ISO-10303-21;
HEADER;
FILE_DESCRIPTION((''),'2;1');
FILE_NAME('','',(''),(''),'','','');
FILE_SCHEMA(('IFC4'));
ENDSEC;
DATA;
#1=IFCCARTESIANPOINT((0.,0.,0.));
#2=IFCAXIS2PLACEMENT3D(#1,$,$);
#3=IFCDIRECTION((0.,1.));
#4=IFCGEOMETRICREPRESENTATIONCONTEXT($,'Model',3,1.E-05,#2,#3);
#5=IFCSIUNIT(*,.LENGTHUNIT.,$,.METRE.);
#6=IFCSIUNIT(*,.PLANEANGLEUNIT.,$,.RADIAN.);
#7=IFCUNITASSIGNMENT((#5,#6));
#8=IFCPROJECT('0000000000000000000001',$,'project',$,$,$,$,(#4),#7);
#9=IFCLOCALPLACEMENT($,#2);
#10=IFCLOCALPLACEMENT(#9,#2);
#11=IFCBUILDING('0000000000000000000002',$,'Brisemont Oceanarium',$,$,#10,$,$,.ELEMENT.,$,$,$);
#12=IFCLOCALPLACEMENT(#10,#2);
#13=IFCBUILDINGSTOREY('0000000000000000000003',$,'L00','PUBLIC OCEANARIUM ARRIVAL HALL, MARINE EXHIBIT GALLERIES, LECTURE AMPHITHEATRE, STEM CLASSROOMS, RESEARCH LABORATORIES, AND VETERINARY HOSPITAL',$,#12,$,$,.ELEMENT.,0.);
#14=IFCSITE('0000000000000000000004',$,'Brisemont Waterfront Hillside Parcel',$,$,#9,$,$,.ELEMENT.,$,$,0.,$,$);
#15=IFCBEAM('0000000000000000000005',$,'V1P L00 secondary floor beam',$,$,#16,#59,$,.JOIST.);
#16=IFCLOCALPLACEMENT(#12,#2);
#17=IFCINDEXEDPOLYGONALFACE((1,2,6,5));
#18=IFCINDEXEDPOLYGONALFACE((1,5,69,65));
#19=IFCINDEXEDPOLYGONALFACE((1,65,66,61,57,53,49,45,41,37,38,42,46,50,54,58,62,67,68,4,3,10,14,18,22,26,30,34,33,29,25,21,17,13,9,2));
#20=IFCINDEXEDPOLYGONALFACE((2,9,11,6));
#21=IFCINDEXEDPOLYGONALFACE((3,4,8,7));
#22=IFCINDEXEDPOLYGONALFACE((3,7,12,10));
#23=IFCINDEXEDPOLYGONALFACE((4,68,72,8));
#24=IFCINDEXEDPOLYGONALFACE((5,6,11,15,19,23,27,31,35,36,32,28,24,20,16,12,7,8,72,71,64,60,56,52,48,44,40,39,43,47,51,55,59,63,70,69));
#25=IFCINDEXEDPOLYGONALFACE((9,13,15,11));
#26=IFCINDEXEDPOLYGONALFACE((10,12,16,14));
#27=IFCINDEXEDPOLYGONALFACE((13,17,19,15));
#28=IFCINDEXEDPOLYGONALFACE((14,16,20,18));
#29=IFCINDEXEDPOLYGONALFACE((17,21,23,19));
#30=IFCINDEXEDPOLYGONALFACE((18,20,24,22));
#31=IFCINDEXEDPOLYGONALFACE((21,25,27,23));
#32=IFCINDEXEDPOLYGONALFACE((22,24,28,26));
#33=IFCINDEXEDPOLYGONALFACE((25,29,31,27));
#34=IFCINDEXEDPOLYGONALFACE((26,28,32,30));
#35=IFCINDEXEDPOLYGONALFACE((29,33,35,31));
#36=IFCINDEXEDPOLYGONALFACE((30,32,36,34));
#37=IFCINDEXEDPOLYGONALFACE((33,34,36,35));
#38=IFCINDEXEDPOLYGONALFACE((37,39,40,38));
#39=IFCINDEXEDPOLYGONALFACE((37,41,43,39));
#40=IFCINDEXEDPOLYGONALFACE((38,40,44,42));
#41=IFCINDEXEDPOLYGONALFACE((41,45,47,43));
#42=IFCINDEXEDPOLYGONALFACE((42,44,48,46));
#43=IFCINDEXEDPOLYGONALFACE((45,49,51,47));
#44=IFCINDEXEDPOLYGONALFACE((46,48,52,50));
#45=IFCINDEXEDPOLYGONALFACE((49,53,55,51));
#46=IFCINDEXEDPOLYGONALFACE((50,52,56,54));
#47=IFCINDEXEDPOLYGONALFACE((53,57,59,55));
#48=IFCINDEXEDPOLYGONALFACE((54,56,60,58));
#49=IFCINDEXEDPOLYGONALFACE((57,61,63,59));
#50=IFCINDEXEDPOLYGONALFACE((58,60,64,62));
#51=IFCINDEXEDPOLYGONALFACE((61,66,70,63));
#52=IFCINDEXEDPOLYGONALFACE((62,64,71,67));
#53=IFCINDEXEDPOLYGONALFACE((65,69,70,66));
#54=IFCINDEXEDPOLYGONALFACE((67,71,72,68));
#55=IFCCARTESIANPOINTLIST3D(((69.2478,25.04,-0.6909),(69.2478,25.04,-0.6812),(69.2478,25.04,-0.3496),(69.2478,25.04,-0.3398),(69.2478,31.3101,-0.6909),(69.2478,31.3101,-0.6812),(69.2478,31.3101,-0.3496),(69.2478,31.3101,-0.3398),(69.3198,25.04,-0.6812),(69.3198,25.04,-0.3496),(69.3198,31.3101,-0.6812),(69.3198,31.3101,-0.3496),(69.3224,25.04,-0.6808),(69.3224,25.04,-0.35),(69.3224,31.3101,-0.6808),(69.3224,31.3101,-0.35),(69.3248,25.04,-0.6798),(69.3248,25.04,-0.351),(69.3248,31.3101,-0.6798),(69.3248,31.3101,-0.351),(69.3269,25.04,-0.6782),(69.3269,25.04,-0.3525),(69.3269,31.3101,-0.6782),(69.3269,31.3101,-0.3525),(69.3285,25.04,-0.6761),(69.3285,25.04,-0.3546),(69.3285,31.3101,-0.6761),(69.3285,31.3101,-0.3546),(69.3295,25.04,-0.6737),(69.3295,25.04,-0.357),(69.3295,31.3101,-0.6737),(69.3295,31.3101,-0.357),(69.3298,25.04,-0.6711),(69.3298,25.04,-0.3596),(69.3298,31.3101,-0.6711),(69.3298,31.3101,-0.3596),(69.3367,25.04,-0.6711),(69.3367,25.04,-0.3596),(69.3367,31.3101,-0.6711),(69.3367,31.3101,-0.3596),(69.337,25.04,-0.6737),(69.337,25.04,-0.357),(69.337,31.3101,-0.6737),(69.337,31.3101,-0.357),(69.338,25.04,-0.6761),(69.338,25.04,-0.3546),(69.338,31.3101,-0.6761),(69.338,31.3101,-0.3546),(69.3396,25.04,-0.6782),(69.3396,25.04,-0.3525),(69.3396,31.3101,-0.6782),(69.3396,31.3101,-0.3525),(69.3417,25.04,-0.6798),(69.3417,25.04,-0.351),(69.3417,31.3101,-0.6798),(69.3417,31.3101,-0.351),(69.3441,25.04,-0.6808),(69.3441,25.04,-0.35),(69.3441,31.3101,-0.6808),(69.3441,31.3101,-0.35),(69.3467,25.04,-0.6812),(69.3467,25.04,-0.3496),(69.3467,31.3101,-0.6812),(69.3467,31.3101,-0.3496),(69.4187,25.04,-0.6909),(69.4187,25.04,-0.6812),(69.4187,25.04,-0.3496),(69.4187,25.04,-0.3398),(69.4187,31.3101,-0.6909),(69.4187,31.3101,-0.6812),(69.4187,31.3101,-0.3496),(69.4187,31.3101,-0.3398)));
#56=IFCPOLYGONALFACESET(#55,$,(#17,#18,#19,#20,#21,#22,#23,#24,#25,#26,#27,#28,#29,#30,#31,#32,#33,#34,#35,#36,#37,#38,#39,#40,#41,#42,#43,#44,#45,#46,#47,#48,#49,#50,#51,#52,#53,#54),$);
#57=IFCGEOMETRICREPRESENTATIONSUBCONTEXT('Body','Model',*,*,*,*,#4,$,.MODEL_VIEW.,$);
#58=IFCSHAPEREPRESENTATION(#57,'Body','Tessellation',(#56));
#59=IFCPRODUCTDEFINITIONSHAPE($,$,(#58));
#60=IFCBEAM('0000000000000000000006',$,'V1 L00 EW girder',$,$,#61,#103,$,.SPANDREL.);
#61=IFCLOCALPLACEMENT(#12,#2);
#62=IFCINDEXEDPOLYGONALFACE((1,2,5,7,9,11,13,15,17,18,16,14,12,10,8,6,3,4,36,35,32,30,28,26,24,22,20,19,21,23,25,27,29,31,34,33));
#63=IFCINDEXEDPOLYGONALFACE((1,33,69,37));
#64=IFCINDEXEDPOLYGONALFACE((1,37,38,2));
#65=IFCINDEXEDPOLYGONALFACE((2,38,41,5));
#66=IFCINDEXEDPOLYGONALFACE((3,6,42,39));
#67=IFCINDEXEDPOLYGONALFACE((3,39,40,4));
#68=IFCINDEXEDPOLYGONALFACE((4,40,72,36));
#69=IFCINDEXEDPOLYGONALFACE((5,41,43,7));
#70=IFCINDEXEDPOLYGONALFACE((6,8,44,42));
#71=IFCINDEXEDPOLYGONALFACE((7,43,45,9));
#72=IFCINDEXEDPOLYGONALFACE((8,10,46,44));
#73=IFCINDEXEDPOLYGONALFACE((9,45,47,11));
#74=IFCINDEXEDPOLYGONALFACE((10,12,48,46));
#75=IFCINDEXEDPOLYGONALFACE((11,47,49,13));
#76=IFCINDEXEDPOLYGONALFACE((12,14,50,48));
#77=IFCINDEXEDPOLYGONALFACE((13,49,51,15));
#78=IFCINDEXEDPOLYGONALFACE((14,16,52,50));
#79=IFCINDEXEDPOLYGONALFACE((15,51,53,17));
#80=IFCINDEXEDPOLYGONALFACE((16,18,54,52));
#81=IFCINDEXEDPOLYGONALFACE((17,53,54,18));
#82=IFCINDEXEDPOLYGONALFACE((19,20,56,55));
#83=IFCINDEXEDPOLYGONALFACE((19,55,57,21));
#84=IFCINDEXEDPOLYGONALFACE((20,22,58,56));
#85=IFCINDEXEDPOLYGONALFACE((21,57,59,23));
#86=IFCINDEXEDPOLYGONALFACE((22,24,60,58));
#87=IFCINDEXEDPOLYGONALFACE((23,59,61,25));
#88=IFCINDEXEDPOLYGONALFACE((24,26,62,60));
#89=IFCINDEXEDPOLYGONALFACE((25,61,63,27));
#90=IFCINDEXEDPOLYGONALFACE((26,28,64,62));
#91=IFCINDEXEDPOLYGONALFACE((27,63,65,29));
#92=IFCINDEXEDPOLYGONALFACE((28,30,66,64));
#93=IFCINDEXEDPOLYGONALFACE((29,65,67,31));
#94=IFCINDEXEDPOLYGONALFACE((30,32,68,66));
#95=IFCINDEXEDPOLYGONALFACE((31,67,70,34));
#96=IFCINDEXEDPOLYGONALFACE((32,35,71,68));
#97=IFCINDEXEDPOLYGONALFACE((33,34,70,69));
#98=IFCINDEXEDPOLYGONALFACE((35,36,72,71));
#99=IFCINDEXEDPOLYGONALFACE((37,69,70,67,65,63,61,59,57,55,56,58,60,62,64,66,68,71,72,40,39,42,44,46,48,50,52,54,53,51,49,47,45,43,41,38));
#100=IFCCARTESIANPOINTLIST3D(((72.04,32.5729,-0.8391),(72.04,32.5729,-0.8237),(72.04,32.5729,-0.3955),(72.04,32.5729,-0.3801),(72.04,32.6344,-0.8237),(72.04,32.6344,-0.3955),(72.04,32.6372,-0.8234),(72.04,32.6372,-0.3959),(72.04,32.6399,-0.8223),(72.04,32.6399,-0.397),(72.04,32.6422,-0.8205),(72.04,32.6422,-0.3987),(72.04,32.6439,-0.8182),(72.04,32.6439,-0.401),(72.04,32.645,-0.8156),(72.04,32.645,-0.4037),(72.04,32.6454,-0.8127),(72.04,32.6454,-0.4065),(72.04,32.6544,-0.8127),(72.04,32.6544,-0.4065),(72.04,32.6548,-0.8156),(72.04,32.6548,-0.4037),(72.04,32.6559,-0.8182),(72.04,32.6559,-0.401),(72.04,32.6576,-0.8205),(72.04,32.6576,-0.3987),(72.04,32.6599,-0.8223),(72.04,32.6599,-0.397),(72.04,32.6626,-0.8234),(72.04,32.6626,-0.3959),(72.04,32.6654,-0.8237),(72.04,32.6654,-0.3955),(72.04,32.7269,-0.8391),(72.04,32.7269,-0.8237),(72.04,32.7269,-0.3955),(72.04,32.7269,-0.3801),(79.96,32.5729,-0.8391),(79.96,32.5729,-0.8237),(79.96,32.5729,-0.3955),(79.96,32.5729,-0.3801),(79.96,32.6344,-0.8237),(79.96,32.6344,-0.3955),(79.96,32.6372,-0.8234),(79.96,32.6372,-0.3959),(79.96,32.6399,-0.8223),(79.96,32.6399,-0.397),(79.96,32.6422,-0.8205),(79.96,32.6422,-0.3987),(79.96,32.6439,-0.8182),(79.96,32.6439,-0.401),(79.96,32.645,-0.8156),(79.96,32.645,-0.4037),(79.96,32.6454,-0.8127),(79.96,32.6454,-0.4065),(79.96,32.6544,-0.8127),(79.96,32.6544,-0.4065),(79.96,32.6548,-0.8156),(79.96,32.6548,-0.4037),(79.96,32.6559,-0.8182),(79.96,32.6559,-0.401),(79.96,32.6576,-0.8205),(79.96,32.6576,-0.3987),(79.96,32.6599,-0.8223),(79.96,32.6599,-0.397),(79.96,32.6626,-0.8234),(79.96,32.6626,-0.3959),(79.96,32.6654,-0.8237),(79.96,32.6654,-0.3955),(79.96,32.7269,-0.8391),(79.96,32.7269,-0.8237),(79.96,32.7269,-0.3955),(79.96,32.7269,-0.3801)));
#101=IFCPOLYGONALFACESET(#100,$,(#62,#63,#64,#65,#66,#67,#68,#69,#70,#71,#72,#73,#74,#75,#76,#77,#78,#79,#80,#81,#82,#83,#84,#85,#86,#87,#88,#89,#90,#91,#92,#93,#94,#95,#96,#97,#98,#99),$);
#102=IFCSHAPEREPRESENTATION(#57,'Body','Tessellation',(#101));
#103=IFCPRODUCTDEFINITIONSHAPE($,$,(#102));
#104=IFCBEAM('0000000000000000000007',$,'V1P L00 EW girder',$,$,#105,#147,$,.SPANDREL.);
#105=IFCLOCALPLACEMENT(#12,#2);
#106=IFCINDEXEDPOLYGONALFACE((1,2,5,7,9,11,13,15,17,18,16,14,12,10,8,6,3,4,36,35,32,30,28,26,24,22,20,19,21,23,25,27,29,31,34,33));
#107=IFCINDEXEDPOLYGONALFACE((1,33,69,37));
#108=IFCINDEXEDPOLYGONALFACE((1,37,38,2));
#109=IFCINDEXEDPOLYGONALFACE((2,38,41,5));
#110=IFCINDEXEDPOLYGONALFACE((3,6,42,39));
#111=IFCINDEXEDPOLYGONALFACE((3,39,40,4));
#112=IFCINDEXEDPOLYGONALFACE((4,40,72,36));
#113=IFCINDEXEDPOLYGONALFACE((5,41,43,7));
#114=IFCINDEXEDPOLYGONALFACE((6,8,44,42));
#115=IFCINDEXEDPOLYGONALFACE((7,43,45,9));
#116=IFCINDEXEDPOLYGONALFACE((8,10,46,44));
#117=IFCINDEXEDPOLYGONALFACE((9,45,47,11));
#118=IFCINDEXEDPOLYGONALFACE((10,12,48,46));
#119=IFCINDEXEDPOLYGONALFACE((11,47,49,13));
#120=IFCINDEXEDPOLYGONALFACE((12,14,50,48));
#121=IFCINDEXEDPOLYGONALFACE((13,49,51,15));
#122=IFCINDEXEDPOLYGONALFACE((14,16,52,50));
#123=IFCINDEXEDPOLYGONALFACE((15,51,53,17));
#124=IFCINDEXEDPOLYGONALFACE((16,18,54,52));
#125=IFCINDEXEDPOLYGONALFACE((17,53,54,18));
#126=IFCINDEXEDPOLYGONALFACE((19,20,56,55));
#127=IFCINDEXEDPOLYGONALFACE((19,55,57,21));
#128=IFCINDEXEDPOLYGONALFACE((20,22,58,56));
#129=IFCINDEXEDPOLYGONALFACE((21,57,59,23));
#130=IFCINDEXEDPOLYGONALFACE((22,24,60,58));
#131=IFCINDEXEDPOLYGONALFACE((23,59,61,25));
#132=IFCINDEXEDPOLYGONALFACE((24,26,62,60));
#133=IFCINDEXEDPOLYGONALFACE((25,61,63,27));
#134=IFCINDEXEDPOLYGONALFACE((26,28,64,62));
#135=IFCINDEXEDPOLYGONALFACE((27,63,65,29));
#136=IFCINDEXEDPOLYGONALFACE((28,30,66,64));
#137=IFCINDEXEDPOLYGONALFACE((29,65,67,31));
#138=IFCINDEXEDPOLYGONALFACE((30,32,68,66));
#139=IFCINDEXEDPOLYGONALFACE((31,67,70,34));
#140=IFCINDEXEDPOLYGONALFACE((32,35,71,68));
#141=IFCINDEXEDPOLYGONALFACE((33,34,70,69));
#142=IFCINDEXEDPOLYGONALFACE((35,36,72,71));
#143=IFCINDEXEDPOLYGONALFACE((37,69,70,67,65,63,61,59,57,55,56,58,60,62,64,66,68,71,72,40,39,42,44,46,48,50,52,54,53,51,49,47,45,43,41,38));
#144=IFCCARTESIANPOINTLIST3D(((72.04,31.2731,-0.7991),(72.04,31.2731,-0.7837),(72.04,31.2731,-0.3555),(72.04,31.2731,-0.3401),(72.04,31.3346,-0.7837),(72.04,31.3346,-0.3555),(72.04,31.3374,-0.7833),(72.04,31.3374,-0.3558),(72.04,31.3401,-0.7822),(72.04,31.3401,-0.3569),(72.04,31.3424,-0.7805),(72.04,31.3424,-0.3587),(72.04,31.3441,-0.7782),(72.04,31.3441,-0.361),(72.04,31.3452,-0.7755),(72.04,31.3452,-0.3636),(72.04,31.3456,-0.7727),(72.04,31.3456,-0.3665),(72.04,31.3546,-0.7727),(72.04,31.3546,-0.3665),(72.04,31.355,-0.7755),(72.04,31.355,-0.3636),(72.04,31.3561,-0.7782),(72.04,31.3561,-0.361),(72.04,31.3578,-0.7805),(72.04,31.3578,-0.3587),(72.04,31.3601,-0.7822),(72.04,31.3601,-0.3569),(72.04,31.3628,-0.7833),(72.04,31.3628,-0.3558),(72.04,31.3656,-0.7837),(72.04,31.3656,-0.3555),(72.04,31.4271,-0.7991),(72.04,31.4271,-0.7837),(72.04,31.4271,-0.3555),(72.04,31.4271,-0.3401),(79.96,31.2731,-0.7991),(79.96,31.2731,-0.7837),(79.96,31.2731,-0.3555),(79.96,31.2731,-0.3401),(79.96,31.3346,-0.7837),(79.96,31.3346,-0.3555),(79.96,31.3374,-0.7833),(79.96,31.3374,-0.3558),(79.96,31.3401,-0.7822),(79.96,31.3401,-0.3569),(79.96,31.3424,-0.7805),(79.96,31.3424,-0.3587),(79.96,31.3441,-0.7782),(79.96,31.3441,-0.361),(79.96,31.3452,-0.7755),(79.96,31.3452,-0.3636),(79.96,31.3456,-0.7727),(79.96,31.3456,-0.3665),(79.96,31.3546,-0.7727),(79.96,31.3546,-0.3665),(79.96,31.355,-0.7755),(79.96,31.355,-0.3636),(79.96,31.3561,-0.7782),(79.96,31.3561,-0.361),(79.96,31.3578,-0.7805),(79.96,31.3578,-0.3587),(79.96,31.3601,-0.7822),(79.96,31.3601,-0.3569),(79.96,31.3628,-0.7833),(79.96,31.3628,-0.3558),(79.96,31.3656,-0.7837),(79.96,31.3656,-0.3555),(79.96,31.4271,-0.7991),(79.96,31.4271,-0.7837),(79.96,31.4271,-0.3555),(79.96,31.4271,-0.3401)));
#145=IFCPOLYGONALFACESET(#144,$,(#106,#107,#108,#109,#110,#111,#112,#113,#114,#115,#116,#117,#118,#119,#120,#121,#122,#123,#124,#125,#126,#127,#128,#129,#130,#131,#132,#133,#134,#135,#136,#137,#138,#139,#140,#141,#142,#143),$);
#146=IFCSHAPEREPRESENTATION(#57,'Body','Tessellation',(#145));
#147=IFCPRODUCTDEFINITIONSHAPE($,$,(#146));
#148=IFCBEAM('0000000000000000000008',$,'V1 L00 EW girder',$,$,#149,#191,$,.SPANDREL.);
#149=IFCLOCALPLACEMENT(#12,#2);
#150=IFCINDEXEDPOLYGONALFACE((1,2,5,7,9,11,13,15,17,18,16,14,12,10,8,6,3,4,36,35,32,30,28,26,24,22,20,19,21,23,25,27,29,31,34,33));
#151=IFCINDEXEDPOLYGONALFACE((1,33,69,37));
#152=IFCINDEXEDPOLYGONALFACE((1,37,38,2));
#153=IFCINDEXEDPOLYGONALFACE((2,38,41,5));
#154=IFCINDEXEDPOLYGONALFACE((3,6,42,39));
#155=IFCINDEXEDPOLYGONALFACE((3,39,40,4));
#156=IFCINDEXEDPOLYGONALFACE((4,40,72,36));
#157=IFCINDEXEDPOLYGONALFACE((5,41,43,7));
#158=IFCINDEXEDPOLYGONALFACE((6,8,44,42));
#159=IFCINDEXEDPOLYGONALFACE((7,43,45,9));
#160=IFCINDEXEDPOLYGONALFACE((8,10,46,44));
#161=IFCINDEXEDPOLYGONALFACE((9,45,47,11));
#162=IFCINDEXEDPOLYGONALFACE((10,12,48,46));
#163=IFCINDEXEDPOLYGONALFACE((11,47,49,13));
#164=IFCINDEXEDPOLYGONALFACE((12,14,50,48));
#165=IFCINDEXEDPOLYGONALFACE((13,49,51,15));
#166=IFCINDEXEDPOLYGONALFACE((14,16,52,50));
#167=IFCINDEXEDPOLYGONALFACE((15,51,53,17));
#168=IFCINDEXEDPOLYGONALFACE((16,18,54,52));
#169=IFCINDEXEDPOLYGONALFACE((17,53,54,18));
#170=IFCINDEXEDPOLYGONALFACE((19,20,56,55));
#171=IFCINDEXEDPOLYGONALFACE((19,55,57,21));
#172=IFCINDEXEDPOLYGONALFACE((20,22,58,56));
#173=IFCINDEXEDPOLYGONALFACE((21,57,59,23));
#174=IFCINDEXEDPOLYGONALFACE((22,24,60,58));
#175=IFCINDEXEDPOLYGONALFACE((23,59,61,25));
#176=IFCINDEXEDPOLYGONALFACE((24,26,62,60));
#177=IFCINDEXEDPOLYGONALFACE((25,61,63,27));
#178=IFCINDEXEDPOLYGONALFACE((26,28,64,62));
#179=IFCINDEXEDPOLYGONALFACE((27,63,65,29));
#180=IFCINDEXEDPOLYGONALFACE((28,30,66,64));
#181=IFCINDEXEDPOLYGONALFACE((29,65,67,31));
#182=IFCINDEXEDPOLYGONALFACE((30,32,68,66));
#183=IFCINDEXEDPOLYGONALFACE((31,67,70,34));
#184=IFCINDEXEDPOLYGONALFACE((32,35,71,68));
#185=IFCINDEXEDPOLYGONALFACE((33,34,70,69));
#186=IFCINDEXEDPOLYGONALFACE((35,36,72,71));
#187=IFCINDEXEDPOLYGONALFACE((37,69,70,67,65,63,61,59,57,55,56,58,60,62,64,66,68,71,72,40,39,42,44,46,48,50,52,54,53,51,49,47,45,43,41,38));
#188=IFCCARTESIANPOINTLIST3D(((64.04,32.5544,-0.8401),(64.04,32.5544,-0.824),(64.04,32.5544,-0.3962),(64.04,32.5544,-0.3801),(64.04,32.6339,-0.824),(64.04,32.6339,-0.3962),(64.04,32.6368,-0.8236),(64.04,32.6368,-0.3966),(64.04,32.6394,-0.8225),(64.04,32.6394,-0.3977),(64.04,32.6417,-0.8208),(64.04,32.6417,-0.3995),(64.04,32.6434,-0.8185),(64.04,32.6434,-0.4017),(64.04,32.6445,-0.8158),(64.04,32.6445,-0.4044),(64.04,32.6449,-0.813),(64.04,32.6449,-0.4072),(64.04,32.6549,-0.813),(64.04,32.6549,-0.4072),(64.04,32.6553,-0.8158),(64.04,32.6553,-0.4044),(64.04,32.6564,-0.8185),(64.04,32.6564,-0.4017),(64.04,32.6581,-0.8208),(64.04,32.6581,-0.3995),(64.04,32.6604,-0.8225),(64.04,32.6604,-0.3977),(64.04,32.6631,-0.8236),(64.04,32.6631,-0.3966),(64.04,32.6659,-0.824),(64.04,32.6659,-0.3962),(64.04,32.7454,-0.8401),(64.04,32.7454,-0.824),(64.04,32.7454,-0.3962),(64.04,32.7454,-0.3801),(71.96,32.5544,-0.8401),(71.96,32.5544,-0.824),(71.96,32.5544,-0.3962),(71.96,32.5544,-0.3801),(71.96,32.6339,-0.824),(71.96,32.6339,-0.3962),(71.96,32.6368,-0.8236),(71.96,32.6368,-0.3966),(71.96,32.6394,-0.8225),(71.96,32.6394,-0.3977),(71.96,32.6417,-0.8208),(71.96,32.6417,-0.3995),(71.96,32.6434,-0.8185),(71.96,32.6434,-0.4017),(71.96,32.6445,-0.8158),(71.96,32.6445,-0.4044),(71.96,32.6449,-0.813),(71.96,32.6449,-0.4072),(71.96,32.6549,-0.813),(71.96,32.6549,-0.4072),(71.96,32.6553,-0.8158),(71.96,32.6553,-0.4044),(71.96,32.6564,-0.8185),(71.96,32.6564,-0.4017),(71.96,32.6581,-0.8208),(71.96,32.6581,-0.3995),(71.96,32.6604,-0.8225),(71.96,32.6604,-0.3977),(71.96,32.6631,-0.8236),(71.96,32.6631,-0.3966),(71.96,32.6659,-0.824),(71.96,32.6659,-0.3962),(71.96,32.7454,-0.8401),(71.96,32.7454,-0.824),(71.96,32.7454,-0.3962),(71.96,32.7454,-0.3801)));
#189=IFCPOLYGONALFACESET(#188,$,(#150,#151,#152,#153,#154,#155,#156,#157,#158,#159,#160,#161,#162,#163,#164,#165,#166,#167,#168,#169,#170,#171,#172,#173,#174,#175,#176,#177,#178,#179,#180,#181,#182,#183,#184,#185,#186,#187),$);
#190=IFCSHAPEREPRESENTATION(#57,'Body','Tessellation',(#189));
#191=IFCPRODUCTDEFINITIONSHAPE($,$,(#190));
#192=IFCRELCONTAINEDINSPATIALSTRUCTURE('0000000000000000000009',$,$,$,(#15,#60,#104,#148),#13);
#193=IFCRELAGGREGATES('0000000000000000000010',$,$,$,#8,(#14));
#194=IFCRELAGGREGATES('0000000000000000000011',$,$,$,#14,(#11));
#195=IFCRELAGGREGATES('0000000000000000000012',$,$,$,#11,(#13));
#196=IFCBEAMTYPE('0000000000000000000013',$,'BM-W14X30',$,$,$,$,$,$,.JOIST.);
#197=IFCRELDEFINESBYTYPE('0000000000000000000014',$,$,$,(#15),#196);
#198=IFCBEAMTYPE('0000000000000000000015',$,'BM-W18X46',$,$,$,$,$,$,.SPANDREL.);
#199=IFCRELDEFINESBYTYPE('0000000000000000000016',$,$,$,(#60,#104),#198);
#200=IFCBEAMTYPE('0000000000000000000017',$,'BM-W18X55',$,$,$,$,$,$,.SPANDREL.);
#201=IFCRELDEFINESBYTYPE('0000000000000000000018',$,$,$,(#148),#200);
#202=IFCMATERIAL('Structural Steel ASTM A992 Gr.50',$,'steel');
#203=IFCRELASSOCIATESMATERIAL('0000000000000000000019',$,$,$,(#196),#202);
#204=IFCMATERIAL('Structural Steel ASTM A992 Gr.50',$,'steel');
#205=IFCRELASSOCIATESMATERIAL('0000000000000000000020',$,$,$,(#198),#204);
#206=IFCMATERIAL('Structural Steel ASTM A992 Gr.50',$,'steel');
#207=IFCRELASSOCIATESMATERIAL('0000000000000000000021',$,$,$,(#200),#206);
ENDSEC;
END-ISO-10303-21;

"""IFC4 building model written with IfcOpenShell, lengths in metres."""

from ifc_helpers import new_model, si_unit, direction, frame, origin, origin_2d, place, context, subcontext, project, spatial, i_section, extrude, material, material_profile, profile_set, type_object, element, save


model = new_model("IFC4")

# Units and contexts
model_context = context("Model", 3, precision=1e-05, world=origin(), true_north=direction((0.0, 1.0)))
body_context = subcontext(model_context, "Body", "Model", "MODEL_VIEW")
ifc_project = project(units=[si_unit("LENGTHUNIT", "METRE"), si_unit("PLANEANGLEUNIT", "RADIAN")], contexts=[model_context])

# Site, building, storey
site_placement = place(None, origin())
site = spatial("IfcSite", under=ifc_project, at=site_placement, Name="Brisemont Waterfront Hillside Parcel", CompositionType="ELEMENT", RefElevation=0.0)
building_placement = place(site_placement, origin())
building = spatial("IfcBuilding", under=site, at=building_placement, Name="Brisemont Oceanarium", CompositionType="ELEMENT")
storey_placement = place(building_placement, origin())
storey = spatial("IfcBuildingStorey", under=building, at=storey_placement, Name="L00", Description="PUBLIC OCEANARIUM ARRIVAL HALL, MARINE EXHIBIT GALLERIES, LECTURE AMPHITHEATRE, STEM CLASSROOMS, RESEARCH LABORATORIES, AND VETERINARY HOSPITAL", CompositionType="ELEMENT", Elevation=0.0)

# Beams
ifc_material_1 = material(Name="Structural Steel ASTM A992 Gr.50", Category="steel")
ifc_material_profile_1 = material_profile(ifc_material_1, i_section(OverallWidth=0.1709, OverallDepth=0.3511, WebThickness=0.0068, FlangeThickness=0.0098, FilletRadius=0.01, at=origin_2d()), Name="W14X30")
ifc_profile_set_1 = profile_set([ifc_material_profile_1], Name="Structural Steel ASTM A992 Gr.50")
beam_type_1 = type_object("IfcBeamType", Name="BM-W14X30", PredefinedType="JOIST", material=ifc_profile_set_1)
beam_1_placement = place(storey_placement, frame((69.3333, 25.04, -0.5154), z_axis=(0.0, 1.0, 0.0), x_axis=(-1.0, 0.0, 0.0)))
element("IfcBeam", 1, at=beam_1_placement, inside=storey, type_object=beam_type_1, Name="V1P L00 secondary floor beam", PredefinedType="JOIST", context=body_context, shape_type="SweptSolid", body=[
    extrude(i_section(OverallWidth=0.1709, OverallDepth=0.3511, WebThickness=0.0068, FlangeThickness=0.0098, FilletRadius=0.01, at=origin_2d()), origin(), (0.0, 0.0, 1.0), 6.27),
])
ifc_material_2 = material(Name="Structural Steel ASTM A992 Gr.50", Category="steel")
ifc_material_profile_2 = material_profile(ifc_material_2, i_section(OverallWidth=0.1541, OverallDepth=0.459, WebThickness=0.009, FlangeThickness=0.0154, FilletRadius=0.011, at=origin_2d()), Name="W18X46")
ifc_profile_set_2 = profile_set([ifc_material_profile_2], Name="Structural Steel ASTM A992 Gr.50")
beam_type_2 = type_object("IfcBeamType", Name="BM-W18X46", PredefinedType="SPANDREL", material=ifc_profile_set_2)
for number, where, z_axis, x_axis, name in (
    (2, (72.04, 32.6499, -0.6096), (1.0, 0.0, 0.0), (0.0, 1.0, 0.0), "V1 L00 EW girder"),
    (3, (72.04, 31.3501, -0.5696), (1.0, 0.0, 0.0), (0.0, 1.0, 0.0), "V1P L00 EW girder"),
):
    element("IfcBeam", number, at=place(storey_placement, frame(where, z_axis=z_axis, x_axis=x_axis)), inside=storey, type_object=beam_type_2, Name=name, PredefinedType="SPANDREL", context=body_context, shape_type="SweptSolid", body=[
        extrude(i_section(OverallWidth=0.1541, OverallDepth=0.459, WebThickness=0.009, FlangeThickness=0.0154, FilletRadius=0.011, at=origin_2d()), origin(), (0.0, 0.0, 1.0), 7.9199),
    ])
ifc_material_3 = material(Name="Structural Steel ASTM A992 Gr.50", Category="steel")
ifc_material_profile_3 = material_profile(ifc_material_3, i_section(OverallWidth=0.1909, OverallDepth=0.46, WebThickness=0.01, FlangeThickness=0.0161, FilletRadius=0.011, at=origin_2d()), Name="W18X55")
ifc_profile_set_3 = profile_set([ifc_material_profile_3], Name="Structural Steel ASTM A992 Gr.50")
beam_type_3 = type_object("IfcBeamType", Name="BM-W18X55", PredefinedType="SPANDREL", material=ifc_profile_set_3)
for number, where, z_axis, x_axis, name in (
    (4, (64.04, 32.6499, -0.6101), (1.0, 0.0, 0.0), (0.0, 1.0, 0.0), "V1 L00 EW girder"),
):
    element("IfcBeam", number, at=place(storey_placement, frame(where, z_axis=z_axis, x_axis=x_axis)), inside=storey, type_object=beam_type_3, Name=name, PredefinedType="SPANDREL", context=body_context, shape_type="SweptSolid", body=[
        extrude(i_section(OverallWidth=0.1909, OverallDepth=0.46, WebThickness=0.01, FlangeThickness=0.0161, FilletRadius=0.011, at=origin_2d()), origin(), (0.0, 0.0, 1.0), 7.9199),
    ])

save(model, "model.ifc")
